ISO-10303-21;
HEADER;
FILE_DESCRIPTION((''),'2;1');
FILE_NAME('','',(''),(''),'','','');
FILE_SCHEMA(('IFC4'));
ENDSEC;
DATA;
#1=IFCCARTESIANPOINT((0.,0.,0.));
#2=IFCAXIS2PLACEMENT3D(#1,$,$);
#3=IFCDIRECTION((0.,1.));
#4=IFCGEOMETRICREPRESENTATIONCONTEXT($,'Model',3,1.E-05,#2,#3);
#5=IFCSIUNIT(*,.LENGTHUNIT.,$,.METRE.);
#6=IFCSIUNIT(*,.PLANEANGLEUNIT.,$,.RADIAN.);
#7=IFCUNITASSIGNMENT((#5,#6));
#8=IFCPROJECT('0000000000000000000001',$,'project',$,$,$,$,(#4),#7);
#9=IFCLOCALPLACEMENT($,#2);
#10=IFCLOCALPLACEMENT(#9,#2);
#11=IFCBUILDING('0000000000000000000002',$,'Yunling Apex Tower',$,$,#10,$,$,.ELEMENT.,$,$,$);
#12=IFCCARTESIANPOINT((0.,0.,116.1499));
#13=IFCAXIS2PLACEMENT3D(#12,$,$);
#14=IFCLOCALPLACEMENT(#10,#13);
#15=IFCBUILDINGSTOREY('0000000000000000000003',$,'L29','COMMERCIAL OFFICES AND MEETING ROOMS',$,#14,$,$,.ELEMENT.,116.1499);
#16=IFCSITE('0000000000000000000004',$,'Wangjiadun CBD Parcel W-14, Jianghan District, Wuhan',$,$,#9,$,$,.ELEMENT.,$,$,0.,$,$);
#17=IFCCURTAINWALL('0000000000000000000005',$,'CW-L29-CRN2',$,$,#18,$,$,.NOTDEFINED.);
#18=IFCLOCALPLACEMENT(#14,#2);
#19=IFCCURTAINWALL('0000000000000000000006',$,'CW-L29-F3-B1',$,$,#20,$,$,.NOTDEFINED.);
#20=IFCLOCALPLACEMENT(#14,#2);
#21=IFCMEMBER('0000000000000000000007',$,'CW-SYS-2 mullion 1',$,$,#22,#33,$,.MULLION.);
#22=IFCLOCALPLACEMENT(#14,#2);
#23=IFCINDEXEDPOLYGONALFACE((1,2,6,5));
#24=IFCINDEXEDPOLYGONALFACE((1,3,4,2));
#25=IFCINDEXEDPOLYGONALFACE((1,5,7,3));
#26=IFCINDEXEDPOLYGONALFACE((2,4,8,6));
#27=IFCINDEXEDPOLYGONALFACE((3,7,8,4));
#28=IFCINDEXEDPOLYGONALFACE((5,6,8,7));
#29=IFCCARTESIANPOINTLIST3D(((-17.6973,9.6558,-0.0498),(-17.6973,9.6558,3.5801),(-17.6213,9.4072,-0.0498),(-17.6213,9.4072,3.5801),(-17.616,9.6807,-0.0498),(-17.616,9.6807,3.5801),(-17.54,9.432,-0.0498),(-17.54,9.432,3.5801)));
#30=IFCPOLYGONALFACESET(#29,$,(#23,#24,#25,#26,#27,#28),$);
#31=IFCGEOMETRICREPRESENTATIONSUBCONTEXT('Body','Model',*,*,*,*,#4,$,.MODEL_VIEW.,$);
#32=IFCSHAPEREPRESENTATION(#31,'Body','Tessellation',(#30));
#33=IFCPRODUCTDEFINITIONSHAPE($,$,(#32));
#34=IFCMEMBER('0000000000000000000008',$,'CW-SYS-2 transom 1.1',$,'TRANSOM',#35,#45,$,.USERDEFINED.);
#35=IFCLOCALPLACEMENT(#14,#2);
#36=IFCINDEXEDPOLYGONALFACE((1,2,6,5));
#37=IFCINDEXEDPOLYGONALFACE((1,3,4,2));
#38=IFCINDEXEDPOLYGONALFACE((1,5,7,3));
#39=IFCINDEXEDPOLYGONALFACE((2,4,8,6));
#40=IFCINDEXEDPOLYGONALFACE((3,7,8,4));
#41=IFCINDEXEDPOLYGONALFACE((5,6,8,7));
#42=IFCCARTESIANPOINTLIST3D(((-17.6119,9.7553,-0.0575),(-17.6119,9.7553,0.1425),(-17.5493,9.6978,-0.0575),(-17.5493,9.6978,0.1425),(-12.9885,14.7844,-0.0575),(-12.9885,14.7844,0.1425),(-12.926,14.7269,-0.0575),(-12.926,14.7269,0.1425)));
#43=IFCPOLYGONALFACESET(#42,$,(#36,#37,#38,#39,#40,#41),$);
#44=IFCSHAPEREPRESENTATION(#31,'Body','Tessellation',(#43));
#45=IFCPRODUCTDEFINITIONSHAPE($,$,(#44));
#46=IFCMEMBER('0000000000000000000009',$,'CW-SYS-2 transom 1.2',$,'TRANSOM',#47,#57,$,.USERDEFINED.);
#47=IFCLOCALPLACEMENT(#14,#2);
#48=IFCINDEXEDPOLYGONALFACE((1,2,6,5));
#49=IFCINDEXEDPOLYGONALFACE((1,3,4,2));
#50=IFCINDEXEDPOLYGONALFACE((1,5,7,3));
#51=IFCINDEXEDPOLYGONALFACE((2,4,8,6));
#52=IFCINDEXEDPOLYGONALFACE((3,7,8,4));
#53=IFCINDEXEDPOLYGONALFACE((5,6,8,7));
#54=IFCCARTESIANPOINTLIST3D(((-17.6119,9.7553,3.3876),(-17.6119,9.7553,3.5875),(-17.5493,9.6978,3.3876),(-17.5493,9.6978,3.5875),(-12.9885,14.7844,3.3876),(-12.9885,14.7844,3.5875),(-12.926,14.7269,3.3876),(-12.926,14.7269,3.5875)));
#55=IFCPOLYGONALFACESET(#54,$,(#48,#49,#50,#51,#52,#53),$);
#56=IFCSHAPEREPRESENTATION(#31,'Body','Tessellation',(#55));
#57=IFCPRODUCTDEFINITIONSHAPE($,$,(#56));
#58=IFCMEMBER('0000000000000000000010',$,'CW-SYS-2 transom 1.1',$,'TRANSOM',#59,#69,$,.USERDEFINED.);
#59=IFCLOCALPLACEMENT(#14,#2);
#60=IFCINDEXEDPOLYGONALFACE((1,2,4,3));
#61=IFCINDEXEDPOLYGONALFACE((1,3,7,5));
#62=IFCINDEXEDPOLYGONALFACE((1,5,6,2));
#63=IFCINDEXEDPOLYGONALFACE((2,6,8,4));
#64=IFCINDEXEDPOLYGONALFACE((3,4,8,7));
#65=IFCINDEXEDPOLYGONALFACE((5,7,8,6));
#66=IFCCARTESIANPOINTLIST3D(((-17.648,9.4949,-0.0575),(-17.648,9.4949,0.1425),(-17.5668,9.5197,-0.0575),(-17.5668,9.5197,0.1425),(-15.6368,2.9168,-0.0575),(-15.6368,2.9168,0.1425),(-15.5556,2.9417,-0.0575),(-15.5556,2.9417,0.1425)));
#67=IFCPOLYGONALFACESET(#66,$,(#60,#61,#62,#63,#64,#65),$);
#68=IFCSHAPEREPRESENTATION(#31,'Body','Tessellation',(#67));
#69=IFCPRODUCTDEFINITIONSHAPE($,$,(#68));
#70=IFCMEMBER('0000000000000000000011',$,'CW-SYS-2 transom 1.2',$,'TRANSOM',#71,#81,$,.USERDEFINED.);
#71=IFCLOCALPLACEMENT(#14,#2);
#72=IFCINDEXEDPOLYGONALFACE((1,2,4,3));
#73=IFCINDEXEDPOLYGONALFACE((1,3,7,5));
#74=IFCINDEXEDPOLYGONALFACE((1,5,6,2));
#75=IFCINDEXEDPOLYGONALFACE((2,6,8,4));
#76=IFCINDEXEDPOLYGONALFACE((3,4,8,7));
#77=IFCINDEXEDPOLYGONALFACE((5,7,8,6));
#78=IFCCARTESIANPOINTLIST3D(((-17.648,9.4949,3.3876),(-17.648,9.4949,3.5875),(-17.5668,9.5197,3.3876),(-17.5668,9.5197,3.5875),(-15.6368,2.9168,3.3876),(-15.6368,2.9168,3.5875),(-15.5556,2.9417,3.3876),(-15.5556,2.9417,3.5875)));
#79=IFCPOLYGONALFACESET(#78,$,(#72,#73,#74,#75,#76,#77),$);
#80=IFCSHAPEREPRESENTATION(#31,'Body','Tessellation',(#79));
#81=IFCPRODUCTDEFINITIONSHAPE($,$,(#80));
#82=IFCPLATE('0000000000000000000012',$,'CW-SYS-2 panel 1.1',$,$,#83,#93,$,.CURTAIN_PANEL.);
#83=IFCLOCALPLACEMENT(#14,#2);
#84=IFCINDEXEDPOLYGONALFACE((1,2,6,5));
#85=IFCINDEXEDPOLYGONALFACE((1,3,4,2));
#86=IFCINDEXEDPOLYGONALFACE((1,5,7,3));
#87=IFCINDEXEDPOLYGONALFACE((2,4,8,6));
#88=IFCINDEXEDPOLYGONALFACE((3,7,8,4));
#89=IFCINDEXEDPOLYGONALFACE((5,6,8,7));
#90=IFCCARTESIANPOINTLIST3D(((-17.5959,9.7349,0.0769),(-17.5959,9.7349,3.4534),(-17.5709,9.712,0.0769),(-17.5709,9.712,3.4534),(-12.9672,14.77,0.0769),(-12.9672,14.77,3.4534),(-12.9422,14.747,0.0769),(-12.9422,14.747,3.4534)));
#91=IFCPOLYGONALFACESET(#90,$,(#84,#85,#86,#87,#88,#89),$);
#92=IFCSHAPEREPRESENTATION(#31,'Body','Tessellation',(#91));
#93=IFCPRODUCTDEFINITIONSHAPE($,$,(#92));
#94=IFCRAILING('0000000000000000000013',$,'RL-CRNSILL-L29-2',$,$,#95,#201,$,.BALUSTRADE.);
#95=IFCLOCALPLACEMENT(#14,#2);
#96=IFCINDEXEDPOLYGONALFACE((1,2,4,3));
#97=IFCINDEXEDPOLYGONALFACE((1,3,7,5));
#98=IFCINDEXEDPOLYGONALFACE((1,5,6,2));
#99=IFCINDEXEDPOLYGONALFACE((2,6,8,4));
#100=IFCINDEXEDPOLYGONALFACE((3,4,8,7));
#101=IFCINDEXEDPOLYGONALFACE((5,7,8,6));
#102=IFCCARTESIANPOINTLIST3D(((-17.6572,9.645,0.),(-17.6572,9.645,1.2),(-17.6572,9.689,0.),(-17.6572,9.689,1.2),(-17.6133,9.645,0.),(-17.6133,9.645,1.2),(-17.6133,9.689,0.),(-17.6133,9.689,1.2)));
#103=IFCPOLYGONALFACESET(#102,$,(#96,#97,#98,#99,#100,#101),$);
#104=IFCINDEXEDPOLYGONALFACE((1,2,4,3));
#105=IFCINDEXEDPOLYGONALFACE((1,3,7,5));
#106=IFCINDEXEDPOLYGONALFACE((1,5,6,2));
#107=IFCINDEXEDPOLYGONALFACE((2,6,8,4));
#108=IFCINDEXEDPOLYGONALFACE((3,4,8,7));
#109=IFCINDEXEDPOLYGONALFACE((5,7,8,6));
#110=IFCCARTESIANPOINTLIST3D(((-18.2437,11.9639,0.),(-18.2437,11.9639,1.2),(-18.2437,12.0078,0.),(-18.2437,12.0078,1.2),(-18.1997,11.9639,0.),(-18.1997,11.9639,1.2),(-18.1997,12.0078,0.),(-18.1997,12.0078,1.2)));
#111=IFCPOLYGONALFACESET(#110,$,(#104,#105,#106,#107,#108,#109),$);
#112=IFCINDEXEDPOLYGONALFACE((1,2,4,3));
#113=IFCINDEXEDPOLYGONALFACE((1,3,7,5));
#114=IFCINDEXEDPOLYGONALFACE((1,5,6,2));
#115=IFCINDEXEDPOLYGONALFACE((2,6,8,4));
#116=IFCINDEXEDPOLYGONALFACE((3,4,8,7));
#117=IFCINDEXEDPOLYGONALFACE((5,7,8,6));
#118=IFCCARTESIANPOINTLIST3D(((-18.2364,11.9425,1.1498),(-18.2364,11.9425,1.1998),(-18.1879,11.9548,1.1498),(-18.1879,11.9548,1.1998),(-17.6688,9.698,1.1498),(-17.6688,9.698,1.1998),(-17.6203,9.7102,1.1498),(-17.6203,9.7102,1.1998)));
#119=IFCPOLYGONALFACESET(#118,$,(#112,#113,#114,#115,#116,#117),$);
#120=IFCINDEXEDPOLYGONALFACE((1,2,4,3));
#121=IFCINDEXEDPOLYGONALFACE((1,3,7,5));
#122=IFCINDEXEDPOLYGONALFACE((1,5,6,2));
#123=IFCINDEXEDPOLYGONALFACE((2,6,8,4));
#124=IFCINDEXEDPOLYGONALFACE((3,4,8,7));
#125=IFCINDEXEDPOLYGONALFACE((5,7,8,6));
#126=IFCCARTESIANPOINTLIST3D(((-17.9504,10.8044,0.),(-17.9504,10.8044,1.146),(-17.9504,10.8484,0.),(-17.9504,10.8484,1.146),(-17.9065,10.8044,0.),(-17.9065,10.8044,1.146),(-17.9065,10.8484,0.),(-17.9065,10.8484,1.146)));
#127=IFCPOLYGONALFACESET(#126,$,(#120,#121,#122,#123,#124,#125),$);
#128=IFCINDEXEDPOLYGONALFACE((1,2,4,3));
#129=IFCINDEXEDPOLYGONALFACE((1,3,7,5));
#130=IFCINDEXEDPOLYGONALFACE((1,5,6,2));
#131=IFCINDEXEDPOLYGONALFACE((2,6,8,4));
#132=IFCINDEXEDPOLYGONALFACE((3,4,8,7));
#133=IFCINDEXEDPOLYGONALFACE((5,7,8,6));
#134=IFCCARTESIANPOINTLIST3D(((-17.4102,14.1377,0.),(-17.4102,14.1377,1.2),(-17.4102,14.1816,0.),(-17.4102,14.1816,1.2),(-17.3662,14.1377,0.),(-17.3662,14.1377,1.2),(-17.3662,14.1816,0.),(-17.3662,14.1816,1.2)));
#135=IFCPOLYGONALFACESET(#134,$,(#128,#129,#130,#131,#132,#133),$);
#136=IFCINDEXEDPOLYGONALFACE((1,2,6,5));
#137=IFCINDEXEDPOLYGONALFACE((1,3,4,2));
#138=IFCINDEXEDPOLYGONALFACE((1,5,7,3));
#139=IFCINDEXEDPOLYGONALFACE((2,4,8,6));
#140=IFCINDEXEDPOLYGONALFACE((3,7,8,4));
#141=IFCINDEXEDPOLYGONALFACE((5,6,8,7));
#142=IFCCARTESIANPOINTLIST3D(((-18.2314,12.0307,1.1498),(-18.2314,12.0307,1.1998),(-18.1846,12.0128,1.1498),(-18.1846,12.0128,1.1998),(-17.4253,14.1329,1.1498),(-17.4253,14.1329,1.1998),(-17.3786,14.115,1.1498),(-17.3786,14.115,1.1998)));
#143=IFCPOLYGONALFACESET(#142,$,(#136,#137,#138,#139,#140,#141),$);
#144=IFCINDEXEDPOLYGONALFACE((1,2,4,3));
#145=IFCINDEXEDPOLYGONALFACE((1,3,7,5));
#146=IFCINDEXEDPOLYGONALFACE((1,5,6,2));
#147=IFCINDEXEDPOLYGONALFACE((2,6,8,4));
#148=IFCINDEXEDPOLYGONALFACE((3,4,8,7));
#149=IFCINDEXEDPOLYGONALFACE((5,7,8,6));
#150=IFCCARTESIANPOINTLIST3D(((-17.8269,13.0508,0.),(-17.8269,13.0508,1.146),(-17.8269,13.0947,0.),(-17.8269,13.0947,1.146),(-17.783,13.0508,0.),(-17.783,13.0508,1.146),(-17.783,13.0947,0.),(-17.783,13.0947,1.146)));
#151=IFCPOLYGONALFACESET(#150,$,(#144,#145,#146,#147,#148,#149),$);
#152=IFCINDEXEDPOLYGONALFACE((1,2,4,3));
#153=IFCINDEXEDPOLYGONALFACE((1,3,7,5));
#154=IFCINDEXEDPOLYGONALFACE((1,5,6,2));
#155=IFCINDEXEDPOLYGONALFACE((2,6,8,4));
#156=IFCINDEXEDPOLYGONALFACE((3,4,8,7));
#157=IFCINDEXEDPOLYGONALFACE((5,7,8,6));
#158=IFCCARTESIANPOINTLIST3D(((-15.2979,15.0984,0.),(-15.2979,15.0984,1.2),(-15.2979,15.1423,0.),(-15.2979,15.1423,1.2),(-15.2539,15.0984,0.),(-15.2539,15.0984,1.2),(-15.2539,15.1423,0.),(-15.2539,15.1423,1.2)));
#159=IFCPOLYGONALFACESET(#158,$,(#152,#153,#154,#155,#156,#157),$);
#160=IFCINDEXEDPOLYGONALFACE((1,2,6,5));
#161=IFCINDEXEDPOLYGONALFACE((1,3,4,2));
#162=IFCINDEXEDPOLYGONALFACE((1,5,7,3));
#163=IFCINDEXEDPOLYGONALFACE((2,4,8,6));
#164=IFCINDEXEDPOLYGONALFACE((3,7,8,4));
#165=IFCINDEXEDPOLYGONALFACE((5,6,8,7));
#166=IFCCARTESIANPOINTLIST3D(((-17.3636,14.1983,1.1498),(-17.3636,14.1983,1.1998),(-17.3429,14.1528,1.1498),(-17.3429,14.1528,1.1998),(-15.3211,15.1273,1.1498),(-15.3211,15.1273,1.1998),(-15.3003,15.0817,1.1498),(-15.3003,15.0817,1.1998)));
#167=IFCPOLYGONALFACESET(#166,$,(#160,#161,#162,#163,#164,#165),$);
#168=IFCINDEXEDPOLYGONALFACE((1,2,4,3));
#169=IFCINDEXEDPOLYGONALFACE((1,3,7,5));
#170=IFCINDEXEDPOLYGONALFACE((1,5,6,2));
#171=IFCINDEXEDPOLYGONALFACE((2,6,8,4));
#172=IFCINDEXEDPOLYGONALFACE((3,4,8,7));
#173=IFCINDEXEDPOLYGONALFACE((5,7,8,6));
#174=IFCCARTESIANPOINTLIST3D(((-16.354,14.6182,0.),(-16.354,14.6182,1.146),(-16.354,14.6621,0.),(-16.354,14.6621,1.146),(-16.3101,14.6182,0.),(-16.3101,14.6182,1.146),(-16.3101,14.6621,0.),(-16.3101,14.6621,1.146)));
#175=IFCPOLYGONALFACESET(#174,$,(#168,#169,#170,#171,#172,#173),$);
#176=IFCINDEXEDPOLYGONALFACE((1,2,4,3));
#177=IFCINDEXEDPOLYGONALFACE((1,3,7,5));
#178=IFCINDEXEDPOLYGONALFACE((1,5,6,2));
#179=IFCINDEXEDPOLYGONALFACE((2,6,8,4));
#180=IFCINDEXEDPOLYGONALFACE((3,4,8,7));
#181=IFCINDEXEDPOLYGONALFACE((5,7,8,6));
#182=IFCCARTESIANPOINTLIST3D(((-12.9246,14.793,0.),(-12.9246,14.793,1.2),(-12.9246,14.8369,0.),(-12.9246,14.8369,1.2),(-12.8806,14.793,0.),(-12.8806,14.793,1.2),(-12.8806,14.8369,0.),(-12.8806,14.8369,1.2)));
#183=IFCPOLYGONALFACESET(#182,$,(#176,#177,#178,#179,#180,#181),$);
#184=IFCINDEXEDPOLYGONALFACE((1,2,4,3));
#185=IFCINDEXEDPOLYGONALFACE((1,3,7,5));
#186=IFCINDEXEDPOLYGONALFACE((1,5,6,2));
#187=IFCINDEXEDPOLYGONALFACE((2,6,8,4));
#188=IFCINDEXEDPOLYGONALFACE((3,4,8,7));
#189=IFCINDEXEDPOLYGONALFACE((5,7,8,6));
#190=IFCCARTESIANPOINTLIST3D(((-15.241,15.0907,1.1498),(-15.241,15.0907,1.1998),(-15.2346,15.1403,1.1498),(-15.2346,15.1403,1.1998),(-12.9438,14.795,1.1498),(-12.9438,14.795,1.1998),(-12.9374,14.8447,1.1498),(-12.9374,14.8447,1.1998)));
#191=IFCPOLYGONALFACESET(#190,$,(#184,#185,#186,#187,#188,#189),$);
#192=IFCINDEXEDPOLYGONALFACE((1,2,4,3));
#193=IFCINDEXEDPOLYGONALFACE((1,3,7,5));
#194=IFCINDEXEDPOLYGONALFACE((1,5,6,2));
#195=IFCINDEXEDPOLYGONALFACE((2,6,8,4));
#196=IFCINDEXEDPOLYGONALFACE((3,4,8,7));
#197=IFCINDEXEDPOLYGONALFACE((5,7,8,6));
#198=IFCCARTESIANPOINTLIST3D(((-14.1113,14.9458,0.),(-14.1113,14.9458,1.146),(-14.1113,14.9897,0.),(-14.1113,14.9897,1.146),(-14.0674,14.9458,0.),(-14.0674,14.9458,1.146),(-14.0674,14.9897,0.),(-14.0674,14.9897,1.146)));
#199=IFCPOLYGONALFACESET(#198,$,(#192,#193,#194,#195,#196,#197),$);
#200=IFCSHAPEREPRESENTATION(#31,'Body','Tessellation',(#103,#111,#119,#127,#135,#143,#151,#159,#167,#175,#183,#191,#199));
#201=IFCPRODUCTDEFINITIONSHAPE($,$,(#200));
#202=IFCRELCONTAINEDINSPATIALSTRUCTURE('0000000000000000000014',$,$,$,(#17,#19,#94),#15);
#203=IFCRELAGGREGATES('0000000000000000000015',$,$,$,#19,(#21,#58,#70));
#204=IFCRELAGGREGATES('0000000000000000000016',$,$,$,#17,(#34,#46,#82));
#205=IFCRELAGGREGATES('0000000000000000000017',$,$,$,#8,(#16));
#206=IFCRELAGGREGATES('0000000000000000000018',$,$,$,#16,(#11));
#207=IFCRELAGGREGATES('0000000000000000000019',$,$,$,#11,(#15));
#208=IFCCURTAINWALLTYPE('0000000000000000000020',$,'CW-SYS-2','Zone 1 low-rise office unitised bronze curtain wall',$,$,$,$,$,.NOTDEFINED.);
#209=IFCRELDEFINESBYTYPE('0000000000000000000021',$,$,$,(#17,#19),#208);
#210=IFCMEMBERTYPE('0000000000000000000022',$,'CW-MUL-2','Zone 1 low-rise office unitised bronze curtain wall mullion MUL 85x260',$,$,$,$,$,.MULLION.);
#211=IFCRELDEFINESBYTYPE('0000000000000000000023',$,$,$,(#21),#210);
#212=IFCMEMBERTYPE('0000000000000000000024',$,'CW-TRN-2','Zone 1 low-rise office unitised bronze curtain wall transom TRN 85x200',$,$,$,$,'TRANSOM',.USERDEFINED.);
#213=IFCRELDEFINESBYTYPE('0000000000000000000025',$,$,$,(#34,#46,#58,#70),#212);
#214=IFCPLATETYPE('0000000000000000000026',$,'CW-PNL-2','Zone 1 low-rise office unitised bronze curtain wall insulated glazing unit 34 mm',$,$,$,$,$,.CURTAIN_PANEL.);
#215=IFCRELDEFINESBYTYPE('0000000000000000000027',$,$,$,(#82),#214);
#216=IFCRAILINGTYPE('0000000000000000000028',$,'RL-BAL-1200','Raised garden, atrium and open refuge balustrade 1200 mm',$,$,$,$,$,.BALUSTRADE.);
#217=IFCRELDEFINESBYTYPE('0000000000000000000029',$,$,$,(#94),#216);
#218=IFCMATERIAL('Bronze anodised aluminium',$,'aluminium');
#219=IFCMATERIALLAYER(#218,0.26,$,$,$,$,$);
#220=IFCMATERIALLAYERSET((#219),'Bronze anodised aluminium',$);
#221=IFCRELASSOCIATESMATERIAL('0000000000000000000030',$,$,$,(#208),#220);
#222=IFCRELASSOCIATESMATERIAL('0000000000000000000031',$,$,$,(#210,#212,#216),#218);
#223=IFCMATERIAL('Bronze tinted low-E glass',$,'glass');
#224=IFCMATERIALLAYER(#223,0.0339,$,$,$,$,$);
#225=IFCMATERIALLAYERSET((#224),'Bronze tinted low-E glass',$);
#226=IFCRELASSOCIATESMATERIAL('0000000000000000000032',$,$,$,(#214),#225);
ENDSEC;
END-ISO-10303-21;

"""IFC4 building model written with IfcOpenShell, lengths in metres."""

from ifc_helpers import new_model, si_unit, direction, frame, origin, origin_2d, place, context, subcontext, project, spatial, rectangle, extrude, source, transform, mapped, material, layer, layer_set, material_profile, profile_set, type_object, element, aggregate, save


model = new_model("IFC4")

# Units and contexts
model_context = context("Model", 3, precision=1e-05, world=origin(), true_north=direction((0.0, 1.0)))
body_context = subcontext(model_context, "Body", "Model", "MODEL_VIEW")
ifc_project = project(units=[si_unit("LENGTHUNIT", "METRE"), si_unit("PLANEANGLEUNIT", "RADIAN")], contexts=[model_context])

# Site, building, storey
site_placement = place(None, origin())
site = spatial("IfcSite", under=ifc_project, at=site_placement, Name="Wangjiadun CBD Parcel W-14, Jianghan District, Wuhan", CompositionType="ELEMENT", RefElevation=0.0)
building_placement = place(site_placement, origin())
building = spatial("IfcBuilding", under=site, at=building_placement, Name="Yunling Apex Tower", CompositionType="ELEMENT")
storey_placement = place(building_placement, frame((0.0, 0.0, 116.1499)))
storey = spatial("IfcBuildingStorey", under=building, at=storey_placement, Name="L29", Description="COMMERCIAL OFFICES AND MEETING ROOMS", CompositionType="ELEMENT", Elevation=116.1499)

# Shared definitions
ifc_material_1 = material(Name="Bronze anodised aluminium", Category="aluminium")
ifc_layer_1 = layer(ifc_material_1, 0.26)
ifc_layer_set_1 = layer_set([ifc_layer_1], Name="Bronze anodised aluminium")
curtain_wall_type = type_object("IfcCurtainWallType", Name="CW-SYS-2", Description="Zone 1 low-rise office unitised bronze curtain wall", PredefinedType="NOTDEFINED", material=ifc_layer_set_1)
ifc_material_profile_1 = material_profile(ifc_material_1, rectangle(XDim=0.085, YDim=0.26, at=origin_2d()))
ifc_profile_set_1 = profile_set([ifc_material_profile_1], Name="Bronze anodised aluminium")
member_type_1 = type_object("IfcMemberType", Name="CW-MUL-2", Description="Zone 1 low-rise office unitised bronze curtain wall mullion MUL 85x260", PredefinedType="MULLION", material=ifc_profile_set_1)
shared_shape_1 = source(origin(), body_context, "Body", "SweptSolid", [
    extrude(rectangle(XDim=0.085, YDim=0.26, at=origin_2d()), origin(), (0.0, 0.0, 1.0), 3.6299),
])

# Curtain wall
curtain_wall_1_placement = place(storey_placement, origin())
curtain_wall_1 = element("IfcCurtainWall", 1, at=curtain_wall_1_placement, inside=storey, type_object=curtain_wall_type, Name="CW-L29-CRN2", PredefinedType="NOTDEFINED")

# Curtain wall, member
curtain_wall_2_placement = place(storey_placement, origin())
curtain_wall_2 = element("IfcCurtainWall", 2, at=curtain_wall_2_placement, inside=storey, type_object=curtain_wall_type, Name="CW-L29-F3-B1", PredefinedType="NOTDEFINED")
member_1_placement = place(storey_placement, frame((-17.6187, 9.5439, -0.0498), z_axis=(0.0, 0.0, 1.0), x_axis=(0.956304, 0.292373, 0.0)))
member_1 = element("IfcMember", 3, at=member_1_placement, type_object=member_type_1, Name="CW-SYS-2 mullion 1", PredefinedType="MULLION", context=body_context, shape_type="MappedRepresentation", body=[
    mapped(shared_shape_1, transform((0.0, 0.0, 0.0), scale=1.0)),
])

# Members
ifc_material_profile_2 = material_profile(ifc_material_1, rectangle(XDim=0.085, YDim=0.2, at=origin_2d()))
ifc_profile_set_2 = profile_set([ifc_material_profile_2], Name="Bronze anodised aluminium")
member_type_2 = type_object("IfcMemberType", Name="CW-TRN-2", Description="Zone 1 low-rise office unitised bronze curtain wall transom TRN 85x200", ElementType="TRANSOM", PredefinedType="USERDEFINED", material=ifc_profile_set_2)
shared_shape_2 = source(origin(), body_context, "Body", "SweptSolid", [
    extrude(rectangle(XDim=0.085, YDim=0.2, at=origin_2d()), origin(), (0.0, 0.0, 1.0), 6.8313),
])
member_2_placement = place(storey_placement, frame((-12.9573, 14.7556, 0.0425), z_axis=(-0.676784, -0.736182, 0.0), x_axis=(0.736182, -0.676784, 0.0)))
member_2 = element("IfcMember", 4, at=member_2_placement, type_object=member_type_2, Name="CW-SYS-2 transom 1.1", ObjectType="TRANSOM", PredefinedType="USERDEFINED", context=body_context, shape_type="MappedRepresentation", body=[
    mapped(shared_shape_2, transform((0.0, 0.0, 0.0), scale=1.0)),
])
member_3_placement = place(storey_placement, frame((-12.9573, 14.7556, 3.4875), z_axis=(-0.676784, -0.736182, 0.0), x_axis=(0.736182, -0.676784, 0.0)))
member_3 = element("IfcMember", 5, at=member_3_placement, type_object=member_type_2, Name="CW-SYS-2 transom 1.2", ObjectType="TRANSOM", PredefinedType="USERDEFINED", context=body_context, shape_type="MappedRepresentation", body=[
    mapped(shared_shape_2, transform((0.0, 0.0, 0.0), scale=1.0)),
])
shared_shape_3 = source(origin(), body_context, "Body", "SweptSolid", [
    extrude(rectangle(XDim=0.085, YDim=0.2, at=origin_2d()), origin(), (0.0, 0.0, 1.0), 6.8787),
])
member_4_placement = place(storey_placement, frame((-17.6074, 9.5073, 0.0425), z_axis=(0.292384, -0.956301, 0.0), x_axis=(0.956301, 0.292384, 0.0)))
member_4 = element("IfcMember", 6, at=member_4_placement, type_object=member_type_2, Name="CW-SYS-2 transom 1.1", ObjectType="TRANSOM", PredefinedType="USERDEFINED", context=body_context, shape_type="MappedRepresentation", body=[
    mapped(shared_shape_3, transform((0.0, 0.0, 0.0), scale=1.0)),
])
member_5_placement = place(storey_placement, frame((-17.6074, 9.5073, 3.4875), z_axis=(0.292384, -0.956301, 0.0), x_axis=(0.956301, 0.292384, 0.0)))
member_5 = element("IfcMember", 7, at=member_5_placement, type_object=member_type_2, Name="CW-SYS-2 transom 1.2", ObjectType="TRANSOM", PredefinedType="USERDEFINED", context=body_context, shape_type="MappedRepresentation", body=[
    mapped(shared_shape_3, transform((0.0, 0.0, 0.0), scale=1.0)),
])
aggregate(curtain_wall_2, [member_1, member_4, member_5])

# Plate
ifc_material_2 = material(Name="Bronze tinted low-E glass", Category="glass")
ifc_layer_2 = layer(ifc_material_2, 0.0339)
ifc_layer_set_2 = layer_set([ifc_layer_2], Name="Bronze tinted low-E glass")
plate_type = type_object("IfcPlateType", Name="CW-PNL-2", Description="Zone 1 low-rise office unitised bronze curtain wall insulated glazing unit 34 mm", PredefinedType="CURTAIN_PANEL", material=ifc_layer_set_2)
shared_shape_4 = source(origin(), body_context, "Body", "SweptSolid", [
    extrude(rectangle(XDim=6.8394, YDim=0.0339, at=origin_2d()), origin(), (0.0, 0.0, 1.0), 3.3765),
])
plate_placement = place(storey_placement, frame((-15.269, 12.241, 0.0769), z_axis=(0.0, 0.0, 1.0), x_axis=(-0.676781, -0.736185, 0.0)))
plate = element("IfcPlate", 8, at=plate_placement, type_object=plate_type, Name="CW-SYS-2 panel 1.1", PredefinedType="CURTAIN_PANEL", context=body_context, shape_type="MappedRepresentation", body=[
    mapped(shared_shape_4, transform((0.0, 0.0, 0.0), scale=1.0)),
])
aggregate(curtain_wall_1, [member_2, member_3, plate])

# Railing
railing_type = type_object("IfcRailingType", Name="RL-BAL-1200", Description="Raised garden, atrium and open refuge balustrade 1200 mm", PredefinedType="BALUSTRADE", material=ifc_material_1)
railing_placement = place(storey_placement, frame((-17.6353, 9.667, 0.0)))
element("IfcRailing", 9, at=railing_placement, inside=storey, type_object=railing_type, Name="RL-CRNSILL-L29-2", PredefinedType="BALUSTRADE", context=body_context, shape_type="SweptSolid", body=[
    extrude(rectangle(XDim=0.0439, YDim=0.0439, at=origin_2d()), origin(), (0.0, 0.0, 1.0), 1.2),
    extrude(rectangle(XDim=0.0439, YDim=0.0439, at=origin_2d()), frame((-0.5864, 2.3188, 0.0)), (0.0, 0.0, 1.0), 1.2),
    extrude(rectangle(XDim=0.05, YDim=0.05, at=origin_2d()), frame((-0.0093, 0.0371, 1.1748), z_axis=(-0.245177, 0.969478, 0.0), x_axis=(-0.969478, -0.245177, 0.0)), (0.0, 0.0, 1.0), 2.3152),
    extrude(rectangle(XDim=0.0439, YDim=0.0439, at=origin_2d()), frame((-0.2932, 1.1594, 0.0)), (0.0, 0.0, 1.0), 1.146),
    extrude(rectangle(XDim=0.0439, YDim=0.0439, at=origin_2d()), frame((0.2471, 4.4927, 0.0)), (0.0, 0.0, 1.0), 1.2),
    extrude(rectangle(XDim=0.05, YDim=0.05, at=origin_2d()), frame((-0.5728, 2.3547, 1.1748), z_axis=(0.358009, 0.933718, 0.0), x_axis=(-0.933718, 0.358009, 0.0)), (0.0, 0.0, 1.0), 2.2515),
    extrude(rectangle(XDim=0.0439, YDim=0.0439, at=origin_2d()), frame((-0.1697, 3.4058, 0.0)), (0.0, 0.0, 1.0), 1.146),
    extrude(rectangle(XDim=0.0439, YDim=0.0439, at=origin_2d()), frame((2.3594, 5.4534, 0.0)), (0.0, 0.0, 1.0), 1.2),
    extrude(rectangle(XDim=0.05, YDim=0.05, at=origin_2d()), frame((0.282, 4.5085, 1.1748), z_axis=(0.910276, 0.414001, 0.0), x_axis=(-0.414001, 0.910276, 0.0)), (0.0, 0.0, 1.0), 2.2439),
    extrude(rectangle(XDim=0.0439, YDim=0.0439, at=origin_2d()), frame((1.3032, 4.9731, 0.0)), (0.0, 0.0, 1.0), 1.146),
    extrude(rectangle(XDim=0.0439, YDim=0.0439, at=origin_2d()), frame((4.7327, 5.1479, 0.0)), (0.0, 0.0, 1.0), 1.2),
    extrude(rectangle(XDim=0.05, YDim=0.05, at=origin_2d()), frame((2.3975, 5.4485, 1.1748), z_axis=(0.991821, -0.127638, 0.0), x_axis=(0.127638, 0.991821, 0.0)), (0.0, 0.0, 1.0), 2.3162),
    extrude(rectangle(XDim=0.0439, YDim=0.0439, at=origin_2d()), frame((3.5459, 5.3008, 0.0)), (0.0, 0.0, 1.0), 1.146),
])

save(model, "model.ifc")
